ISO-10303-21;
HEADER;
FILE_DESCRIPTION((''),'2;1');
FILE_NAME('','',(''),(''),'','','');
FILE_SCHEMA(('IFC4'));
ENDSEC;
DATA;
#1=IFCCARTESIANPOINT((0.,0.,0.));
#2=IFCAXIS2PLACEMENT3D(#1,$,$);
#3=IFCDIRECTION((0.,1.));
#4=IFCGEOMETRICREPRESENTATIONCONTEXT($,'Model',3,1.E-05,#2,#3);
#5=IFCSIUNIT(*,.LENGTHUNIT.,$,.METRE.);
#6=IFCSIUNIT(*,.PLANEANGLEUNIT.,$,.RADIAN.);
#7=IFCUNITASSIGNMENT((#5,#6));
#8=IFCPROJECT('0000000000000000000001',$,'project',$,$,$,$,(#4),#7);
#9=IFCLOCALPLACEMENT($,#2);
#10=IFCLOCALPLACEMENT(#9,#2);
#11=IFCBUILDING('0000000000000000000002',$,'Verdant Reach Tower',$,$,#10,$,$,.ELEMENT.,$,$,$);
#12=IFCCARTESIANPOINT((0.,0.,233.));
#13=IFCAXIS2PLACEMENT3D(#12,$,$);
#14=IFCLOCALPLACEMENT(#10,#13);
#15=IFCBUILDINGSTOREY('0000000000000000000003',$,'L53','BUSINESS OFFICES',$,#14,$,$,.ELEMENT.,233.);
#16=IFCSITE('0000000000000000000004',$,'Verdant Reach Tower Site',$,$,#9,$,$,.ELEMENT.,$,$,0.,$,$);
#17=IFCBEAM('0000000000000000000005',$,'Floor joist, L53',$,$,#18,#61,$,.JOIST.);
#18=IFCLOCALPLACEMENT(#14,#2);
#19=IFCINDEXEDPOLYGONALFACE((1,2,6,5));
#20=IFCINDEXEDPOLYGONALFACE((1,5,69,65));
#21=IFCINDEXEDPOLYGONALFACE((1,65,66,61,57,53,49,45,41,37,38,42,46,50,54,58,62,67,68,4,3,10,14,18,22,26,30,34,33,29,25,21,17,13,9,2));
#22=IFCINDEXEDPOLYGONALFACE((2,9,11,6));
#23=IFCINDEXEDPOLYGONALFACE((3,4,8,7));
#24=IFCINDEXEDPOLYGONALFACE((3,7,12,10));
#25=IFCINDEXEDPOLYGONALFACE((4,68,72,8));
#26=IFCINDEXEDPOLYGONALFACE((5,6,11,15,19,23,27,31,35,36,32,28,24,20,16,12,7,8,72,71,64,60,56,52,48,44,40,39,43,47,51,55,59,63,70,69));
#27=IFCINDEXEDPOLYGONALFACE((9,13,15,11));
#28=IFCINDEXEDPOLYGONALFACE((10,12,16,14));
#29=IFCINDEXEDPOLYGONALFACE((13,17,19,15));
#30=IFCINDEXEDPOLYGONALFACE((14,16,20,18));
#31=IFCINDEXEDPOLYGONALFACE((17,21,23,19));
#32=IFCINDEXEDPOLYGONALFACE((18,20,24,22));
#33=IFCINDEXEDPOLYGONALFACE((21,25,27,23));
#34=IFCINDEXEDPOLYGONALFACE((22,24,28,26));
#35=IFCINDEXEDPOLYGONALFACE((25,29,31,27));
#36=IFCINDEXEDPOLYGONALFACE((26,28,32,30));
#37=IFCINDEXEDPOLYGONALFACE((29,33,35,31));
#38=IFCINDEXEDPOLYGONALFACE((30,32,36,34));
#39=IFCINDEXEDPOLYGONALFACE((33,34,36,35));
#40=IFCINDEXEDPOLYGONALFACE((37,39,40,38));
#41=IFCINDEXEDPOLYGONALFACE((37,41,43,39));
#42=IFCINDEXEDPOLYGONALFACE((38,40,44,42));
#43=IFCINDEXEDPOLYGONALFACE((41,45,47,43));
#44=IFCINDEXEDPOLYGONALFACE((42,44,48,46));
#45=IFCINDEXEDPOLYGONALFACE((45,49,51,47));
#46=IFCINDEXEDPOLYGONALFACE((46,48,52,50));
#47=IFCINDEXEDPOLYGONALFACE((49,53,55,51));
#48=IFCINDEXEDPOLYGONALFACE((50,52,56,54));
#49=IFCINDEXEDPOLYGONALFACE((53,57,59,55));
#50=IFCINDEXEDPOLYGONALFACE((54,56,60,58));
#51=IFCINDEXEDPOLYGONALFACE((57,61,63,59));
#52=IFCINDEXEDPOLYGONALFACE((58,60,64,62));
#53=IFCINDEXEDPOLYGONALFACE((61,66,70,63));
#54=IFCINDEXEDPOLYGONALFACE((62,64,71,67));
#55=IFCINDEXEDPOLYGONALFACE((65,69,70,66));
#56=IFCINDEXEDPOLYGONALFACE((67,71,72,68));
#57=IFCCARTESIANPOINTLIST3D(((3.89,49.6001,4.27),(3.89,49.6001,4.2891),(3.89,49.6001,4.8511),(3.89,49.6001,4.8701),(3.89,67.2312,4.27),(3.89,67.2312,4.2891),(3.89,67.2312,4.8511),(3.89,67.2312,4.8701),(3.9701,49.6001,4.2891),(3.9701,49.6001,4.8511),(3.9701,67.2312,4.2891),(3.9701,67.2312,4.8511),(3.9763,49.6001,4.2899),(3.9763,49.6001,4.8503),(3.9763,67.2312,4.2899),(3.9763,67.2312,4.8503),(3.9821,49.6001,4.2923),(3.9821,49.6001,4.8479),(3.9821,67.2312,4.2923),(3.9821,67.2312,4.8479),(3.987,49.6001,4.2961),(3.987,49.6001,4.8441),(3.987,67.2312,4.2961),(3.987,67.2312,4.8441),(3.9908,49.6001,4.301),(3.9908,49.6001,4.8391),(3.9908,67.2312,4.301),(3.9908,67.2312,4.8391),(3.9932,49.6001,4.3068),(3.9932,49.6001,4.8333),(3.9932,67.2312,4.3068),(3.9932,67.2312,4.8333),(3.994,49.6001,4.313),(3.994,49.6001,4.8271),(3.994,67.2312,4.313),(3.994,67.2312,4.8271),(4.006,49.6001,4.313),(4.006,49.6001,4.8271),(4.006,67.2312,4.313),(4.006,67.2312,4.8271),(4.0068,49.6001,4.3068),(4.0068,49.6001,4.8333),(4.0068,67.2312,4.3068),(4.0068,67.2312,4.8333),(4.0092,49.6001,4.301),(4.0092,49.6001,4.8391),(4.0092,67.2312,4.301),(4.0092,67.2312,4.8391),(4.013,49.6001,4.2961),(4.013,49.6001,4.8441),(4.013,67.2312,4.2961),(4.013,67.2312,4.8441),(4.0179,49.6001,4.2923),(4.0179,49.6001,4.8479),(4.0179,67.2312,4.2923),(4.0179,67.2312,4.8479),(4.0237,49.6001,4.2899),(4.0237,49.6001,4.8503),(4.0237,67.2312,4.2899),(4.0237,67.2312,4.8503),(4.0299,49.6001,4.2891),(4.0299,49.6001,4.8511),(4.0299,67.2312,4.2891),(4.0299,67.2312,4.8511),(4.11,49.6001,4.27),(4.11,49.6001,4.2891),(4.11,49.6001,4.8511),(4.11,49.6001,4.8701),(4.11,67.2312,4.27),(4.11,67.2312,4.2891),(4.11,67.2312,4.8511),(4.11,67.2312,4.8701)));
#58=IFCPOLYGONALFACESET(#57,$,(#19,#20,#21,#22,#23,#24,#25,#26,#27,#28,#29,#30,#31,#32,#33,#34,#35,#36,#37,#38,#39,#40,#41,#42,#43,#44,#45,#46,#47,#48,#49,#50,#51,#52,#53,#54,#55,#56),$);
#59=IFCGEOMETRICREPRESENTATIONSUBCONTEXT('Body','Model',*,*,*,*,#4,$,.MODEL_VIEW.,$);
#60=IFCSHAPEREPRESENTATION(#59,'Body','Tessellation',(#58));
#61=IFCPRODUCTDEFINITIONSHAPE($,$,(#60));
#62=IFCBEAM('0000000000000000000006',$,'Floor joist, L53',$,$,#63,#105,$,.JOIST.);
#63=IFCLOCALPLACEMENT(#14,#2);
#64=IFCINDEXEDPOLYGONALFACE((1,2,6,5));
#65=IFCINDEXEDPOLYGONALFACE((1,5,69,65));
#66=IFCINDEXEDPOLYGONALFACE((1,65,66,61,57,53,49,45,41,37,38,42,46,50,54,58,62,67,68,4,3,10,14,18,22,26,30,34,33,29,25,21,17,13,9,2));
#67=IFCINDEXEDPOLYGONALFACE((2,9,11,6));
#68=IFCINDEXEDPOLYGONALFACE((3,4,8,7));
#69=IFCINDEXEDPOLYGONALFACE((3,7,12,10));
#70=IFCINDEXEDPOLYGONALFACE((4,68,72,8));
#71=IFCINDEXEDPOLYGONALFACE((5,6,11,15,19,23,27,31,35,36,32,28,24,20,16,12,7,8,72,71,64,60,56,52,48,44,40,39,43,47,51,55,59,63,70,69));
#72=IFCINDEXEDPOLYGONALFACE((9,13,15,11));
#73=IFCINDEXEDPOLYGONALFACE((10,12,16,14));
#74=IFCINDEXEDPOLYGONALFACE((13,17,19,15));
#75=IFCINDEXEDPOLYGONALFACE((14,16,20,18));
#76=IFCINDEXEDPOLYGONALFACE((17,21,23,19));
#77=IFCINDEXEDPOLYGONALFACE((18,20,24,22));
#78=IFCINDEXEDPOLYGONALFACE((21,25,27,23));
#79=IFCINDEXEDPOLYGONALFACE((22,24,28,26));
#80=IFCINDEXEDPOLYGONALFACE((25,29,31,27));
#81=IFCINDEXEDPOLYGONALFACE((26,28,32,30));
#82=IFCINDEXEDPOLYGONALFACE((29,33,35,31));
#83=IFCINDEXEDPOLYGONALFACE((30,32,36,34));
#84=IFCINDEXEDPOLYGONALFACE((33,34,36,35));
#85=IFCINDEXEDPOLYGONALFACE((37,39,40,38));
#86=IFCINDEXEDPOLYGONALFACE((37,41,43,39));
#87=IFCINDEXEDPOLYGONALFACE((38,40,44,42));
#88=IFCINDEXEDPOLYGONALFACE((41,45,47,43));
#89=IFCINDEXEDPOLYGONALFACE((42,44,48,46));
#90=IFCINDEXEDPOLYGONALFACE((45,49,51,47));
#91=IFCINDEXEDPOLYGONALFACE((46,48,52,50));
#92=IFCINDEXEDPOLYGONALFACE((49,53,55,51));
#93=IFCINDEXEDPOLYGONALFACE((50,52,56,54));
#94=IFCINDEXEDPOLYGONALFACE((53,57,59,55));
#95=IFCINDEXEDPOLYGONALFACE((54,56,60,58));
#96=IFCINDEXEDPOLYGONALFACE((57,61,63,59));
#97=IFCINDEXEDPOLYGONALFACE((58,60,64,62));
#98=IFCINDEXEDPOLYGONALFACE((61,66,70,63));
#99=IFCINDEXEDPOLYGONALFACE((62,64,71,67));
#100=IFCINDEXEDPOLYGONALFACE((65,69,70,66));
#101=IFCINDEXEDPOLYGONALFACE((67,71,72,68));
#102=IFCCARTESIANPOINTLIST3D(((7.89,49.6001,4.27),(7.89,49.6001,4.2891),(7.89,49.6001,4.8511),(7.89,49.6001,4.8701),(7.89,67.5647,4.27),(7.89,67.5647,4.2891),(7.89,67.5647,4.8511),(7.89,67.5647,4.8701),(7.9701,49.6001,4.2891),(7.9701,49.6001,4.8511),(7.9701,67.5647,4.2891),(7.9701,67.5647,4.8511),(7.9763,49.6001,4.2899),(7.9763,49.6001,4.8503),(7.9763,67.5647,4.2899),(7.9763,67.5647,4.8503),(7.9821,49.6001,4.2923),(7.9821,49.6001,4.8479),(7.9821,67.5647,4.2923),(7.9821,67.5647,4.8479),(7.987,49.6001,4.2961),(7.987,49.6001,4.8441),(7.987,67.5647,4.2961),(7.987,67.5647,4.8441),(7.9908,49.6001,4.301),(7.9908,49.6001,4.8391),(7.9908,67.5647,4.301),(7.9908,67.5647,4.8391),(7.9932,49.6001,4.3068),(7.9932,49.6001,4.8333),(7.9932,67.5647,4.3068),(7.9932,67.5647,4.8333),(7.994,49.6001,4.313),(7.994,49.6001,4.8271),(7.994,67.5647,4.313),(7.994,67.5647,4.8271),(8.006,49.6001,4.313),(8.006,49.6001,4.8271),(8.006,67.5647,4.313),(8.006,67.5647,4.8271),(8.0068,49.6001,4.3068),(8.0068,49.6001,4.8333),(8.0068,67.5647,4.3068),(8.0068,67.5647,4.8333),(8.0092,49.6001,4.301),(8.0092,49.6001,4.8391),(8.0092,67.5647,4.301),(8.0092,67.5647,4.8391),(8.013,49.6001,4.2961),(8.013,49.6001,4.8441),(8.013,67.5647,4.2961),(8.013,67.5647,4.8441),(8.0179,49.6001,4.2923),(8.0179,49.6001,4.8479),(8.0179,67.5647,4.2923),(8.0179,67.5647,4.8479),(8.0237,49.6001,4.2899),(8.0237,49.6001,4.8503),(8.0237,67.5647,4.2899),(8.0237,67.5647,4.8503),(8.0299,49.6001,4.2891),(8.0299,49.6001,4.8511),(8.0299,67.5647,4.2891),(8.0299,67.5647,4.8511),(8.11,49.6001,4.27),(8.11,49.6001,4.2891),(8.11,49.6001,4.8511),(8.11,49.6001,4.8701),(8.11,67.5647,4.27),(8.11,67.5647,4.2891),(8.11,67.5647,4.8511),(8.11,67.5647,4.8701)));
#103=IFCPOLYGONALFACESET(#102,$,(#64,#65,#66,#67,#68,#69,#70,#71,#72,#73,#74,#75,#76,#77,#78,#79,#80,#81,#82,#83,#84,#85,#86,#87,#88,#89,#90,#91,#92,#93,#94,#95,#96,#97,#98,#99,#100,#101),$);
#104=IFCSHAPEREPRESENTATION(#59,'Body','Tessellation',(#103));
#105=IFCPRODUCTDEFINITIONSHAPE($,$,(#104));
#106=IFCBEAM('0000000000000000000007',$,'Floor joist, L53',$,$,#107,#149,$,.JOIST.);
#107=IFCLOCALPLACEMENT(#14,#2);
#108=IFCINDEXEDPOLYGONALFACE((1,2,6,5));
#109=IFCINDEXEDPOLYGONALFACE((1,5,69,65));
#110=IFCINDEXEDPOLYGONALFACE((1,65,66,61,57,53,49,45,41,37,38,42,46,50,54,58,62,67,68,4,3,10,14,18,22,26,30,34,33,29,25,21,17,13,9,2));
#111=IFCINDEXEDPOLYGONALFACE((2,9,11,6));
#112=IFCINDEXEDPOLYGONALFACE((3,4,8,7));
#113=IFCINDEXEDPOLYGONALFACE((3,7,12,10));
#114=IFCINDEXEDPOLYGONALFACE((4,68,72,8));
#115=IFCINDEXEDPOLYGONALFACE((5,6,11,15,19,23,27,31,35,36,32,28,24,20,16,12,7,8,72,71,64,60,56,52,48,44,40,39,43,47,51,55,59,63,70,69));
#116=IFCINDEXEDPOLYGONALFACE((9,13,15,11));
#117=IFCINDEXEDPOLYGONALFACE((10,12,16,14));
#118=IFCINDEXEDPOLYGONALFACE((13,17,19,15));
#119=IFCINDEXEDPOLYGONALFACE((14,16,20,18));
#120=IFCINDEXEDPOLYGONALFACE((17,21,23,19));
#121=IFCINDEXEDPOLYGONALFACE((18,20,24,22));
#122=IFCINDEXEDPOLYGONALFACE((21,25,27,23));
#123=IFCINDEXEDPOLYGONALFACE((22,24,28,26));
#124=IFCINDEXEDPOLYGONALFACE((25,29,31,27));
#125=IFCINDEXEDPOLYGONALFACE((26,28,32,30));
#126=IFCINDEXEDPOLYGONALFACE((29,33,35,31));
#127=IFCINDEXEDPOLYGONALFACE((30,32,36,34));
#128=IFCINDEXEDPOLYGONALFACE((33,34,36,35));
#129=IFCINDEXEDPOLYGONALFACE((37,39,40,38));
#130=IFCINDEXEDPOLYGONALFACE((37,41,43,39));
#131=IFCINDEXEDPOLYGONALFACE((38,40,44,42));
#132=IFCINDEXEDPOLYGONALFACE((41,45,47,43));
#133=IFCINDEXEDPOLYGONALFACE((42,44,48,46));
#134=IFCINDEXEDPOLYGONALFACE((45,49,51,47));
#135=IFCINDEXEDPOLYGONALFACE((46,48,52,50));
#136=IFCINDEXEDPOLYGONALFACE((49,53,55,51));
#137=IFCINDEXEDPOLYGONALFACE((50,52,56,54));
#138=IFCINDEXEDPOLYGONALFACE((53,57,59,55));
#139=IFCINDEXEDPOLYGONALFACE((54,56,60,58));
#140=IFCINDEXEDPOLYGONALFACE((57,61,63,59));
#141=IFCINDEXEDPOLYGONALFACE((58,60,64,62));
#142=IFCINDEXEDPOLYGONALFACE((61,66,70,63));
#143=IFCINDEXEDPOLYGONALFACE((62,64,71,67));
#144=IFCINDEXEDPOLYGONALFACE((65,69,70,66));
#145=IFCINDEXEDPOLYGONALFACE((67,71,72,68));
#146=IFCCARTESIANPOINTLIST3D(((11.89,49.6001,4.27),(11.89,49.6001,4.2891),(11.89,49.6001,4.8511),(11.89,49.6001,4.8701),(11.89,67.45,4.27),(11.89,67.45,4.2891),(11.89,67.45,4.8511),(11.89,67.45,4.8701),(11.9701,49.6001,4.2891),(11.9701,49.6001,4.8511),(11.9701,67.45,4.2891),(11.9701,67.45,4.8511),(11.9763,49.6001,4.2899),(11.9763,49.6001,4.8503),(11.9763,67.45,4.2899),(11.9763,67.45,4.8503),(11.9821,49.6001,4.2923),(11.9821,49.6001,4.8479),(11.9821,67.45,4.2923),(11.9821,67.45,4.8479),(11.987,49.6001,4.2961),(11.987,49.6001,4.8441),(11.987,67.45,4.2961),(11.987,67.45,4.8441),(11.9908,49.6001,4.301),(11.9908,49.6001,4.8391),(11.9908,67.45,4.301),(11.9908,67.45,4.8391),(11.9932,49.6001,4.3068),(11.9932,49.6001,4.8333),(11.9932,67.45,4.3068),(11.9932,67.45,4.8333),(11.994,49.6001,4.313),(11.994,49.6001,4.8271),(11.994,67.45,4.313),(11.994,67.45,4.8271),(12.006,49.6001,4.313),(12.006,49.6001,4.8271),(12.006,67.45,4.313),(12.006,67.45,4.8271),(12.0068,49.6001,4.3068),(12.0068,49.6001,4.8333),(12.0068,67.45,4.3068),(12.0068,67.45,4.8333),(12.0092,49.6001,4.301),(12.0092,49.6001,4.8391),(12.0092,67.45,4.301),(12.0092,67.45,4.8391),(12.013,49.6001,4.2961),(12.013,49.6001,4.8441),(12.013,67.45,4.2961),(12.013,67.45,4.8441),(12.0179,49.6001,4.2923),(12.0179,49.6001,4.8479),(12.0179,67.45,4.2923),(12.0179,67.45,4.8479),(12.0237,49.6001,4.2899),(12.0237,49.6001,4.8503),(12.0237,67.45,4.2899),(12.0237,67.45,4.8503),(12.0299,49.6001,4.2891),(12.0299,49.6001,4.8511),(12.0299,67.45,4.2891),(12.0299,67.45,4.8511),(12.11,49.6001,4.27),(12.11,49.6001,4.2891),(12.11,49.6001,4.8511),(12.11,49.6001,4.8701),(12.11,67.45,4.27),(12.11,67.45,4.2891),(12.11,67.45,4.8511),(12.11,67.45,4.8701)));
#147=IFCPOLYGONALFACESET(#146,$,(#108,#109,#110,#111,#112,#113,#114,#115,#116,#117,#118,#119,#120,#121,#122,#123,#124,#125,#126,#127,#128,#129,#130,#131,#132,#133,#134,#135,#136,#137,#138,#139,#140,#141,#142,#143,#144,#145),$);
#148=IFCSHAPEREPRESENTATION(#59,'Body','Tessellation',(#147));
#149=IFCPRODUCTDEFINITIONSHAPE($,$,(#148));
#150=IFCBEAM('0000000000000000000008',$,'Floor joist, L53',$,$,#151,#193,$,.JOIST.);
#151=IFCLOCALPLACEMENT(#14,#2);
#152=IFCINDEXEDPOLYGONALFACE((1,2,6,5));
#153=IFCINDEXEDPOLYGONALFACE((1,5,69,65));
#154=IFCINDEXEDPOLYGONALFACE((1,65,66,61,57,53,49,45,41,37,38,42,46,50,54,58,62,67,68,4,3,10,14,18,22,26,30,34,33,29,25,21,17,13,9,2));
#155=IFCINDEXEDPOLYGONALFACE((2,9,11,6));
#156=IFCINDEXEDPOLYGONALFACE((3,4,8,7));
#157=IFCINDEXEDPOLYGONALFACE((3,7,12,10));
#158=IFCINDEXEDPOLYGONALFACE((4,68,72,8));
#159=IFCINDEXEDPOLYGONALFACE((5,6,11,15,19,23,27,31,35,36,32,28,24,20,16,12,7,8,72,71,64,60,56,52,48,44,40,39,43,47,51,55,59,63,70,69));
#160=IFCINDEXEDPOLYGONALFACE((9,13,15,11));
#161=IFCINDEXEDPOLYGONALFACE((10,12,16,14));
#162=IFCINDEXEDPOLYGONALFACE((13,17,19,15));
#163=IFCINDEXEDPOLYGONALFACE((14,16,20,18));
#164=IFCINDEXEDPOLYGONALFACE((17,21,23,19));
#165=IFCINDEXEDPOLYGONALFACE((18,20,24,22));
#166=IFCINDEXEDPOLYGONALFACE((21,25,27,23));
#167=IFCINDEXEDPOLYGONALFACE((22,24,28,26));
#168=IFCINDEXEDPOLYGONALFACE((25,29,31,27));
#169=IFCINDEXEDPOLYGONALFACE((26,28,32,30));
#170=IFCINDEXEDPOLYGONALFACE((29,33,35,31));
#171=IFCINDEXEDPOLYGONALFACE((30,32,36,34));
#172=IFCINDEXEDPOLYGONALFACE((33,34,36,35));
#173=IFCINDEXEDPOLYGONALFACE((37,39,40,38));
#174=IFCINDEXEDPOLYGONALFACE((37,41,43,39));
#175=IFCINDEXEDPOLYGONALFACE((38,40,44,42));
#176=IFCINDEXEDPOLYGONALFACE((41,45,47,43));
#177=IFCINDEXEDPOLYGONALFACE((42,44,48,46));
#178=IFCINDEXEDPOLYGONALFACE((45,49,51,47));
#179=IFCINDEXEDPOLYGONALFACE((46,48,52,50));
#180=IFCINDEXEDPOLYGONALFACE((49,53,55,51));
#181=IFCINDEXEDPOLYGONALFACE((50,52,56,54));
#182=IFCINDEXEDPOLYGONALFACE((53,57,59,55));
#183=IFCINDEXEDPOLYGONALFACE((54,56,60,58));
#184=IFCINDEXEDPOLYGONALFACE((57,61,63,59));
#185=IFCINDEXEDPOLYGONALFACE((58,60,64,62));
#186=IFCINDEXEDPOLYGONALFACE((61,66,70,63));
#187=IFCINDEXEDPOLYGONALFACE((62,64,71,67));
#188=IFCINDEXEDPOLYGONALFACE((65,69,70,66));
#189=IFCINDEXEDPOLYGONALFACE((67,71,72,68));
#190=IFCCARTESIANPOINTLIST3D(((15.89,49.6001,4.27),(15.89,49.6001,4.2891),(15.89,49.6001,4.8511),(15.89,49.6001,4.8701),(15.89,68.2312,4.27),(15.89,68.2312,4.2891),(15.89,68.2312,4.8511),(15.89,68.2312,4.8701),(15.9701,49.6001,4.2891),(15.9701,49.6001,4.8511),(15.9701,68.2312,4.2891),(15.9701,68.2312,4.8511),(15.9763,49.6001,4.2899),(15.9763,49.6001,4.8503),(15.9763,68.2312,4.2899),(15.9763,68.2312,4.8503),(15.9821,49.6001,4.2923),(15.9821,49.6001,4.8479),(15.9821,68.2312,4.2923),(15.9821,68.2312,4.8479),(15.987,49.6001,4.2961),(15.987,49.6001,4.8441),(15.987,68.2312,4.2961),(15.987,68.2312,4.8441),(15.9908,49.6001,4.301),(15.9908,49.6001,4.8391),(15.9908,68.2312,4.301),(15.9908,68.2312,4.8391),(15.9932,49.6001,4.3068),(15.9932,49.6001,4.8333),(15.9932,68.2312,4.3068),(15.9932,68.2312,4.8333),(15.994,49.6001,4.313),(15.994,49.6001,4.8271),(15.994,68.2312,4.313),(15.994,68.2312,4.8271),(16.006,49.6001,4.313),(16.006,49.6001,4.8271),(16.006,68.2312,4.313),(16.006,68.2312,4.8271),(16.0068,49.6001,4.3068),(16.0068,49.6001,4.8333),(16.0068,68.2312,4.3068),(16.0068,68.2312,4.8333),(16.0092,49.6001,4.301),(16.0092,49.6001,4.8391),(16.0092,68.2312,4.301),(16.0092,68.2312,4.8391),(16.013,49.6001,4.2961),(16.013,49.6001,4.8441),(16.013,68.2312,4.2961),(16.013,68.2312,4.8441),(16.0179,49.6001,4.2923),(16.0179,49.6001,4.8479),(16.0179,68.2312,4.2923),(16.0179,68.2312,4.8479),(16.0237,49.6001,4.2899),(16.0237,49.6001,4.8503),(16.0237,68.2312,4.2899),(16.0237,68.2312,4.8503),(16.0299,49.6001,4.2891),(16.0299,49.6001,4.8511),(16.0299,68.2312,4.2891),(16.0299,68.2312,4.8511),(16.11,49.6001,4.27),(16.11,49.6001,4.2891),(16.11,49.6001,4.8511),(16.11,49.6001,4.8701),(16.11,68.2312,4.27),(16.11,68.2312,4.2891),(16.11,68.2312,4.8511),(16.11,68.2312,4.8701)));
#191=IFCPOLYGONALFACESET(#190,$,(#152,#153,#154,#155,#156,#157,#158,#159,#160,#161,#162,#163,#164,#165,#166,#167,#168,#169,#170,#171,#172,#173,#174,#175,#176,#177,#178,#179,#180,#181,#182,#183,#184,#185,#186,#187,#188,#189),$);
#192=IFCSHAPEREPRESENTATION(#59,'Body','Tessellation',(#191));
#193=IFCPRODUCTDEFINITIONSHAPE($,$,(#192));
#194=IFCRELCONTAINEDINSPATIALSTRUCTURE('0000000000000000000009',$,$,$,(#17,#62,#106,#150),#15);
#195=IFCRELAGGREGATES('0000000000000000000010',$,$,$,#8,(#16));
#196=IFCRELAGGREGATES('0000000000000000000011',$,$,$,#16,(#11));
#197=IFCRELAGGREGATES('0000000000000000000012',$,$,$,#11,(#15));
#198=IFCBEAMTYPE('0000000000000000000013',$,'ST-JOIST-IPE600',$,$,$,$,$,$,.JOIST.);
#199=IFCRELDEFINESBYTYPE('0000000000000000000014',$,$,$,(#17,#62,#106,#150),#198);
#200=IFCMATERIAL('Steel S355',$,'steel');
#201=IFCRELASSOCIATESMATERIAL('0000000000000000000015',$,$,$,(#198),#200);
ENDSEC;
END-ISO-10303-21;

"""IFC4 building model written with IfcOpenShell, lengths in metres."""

from ifc_helpers import new_model, si_unit, direction, frame, origin, origin_2d, place, context, subcontext, project, spatial, i_section, extrude, material, material_profile, profile_set, type_object, element, save


model = new_model("IFC4")

# Units and contexts
model_context = context("Model", 3, precision=1e-05, world=origin(), true_north=direction((0.0, 1.0)))
body_context = subcontext(model_context, "Body", "Model", "MODEL_VIEW")
ifc_project = project(units=[si_unit("LENGTHUNIT", "METRE"), si_unit("PLANEANGLEUNIT", "RADIAN")], contexts=[model_context])

# Site, building, storey
site_placement = place(None, origin())
site = spatial("IfcSite", under=ifc_project, at=site_placement, Name="Verdant Reach Tower Site", CompositionType="ELEMENT", RefElevation=0.0)
building_placement = place(site_placement, origin())
building = spatial("IfcBuilding", under=site, at=building_placement, Name="Verdant Reach Tower", CompositionType="ELEMENT")
storey_placement = place(building_placement, frame((0.0, 0.0, 233.0)))
storey = spatial("IfcBuildingStorey", under=building, at=storey_placement, Name="L53", Description="BUSINESS OFFICES", CompositionType="ELEMENT", Elevation=233.0)

# Beams
ifc_material_1 = material(Name="Steel S355", Category="steel")
ifc_material_profile_1 = material_profile(ifc_material_1, i_section(OverallWidth=0.22, OverallDepth=0.6001, WebThickness=0.012, FlangeThickness=0.019, FilletRadius=0.0239, at=origin_2d()), Name="IPE 600")
ifc_profile_set_1 = profile_set([ifc_material_profile_1], Name="Steel S355")
beam_type_1 = type_object("IfcBeamType", Name="ST-JOIST-IPE600", PredefinedType="JOIST", material=ifc_profile_set_1)
beam_1_placement = place(storey_placement, frame((4.0, 49.6001, 4.5701), z_axis=(0.0, 1.0, 0.0), x_axis=(-1.0, 0.0, 0.0)))
element("IfcBeam", 1, at=beam_1_placement, inside=storey, type_object=beam_type_1, Name="Floor joist, L53", PredefinedType="JOIST", context=body_context, shape_type="SweptSolid", body=[
    extrude(i_section(OverallWidth=0.22, OverallDepth=0.6001, WebThickness=0.012, FlangeThickness=0.019, FilletRadius=0.0239, at=origin_2d()), origin(), (0.0, 0.0, 1.0), 17.6311),
])
beam_2_placement = place(storey_placement, frame((8.0, 49.6001, 4.5701), z_axis=(0.0, 1.0, 0.0), x_axis=(-1.0, 0.0, 0.0)))
element("IfcBeam", 2, at=beam_2_placement, inside=storey, type_object=beam_type_1, Name="Floor joist, L53", PredefinedType="JOIST", context=body_context, shape_type="SweptSolid", body=[
    extrude(i_section(OverallWidth=0.22, OverallDepth=0.6001, WebThickness=0.012, FlangeThickness=0.019, FilletRadius=0.0239, at=origin_2d()), origin(), (0.0, 0.0, 1.0), 17.9646),
])
beam_3_placement = place(storey_placement, frame((12.0, 49.6001, 4.5701), z_axis=(0.0, 1.0, 0.0), x_axis=(-1.0, 0.0, 0.0)))
element("IfcBeam", 3, at=beam_3_placement, inside=storey, type_object=beam_type_1, Name="Floor joist, L53", PredefinedType="JOIST", context=body_context, shape_type="SweptSolid", body=[
    extrude(i_section(OverallWidth=0.22, OverallDepth=0.6001, WebThickness=0.012, FlangeThickness=0.019, FilletRadius=0.0239, at=origin_2d()), origin(), (0.0, 0.0, 1.0), 17.8499),
])
beam_4_placement = place(storey_placement, frame((16.0, 49.6001, 4.5701), z_axis=(0.0, 1.0, 0.0), x_axis=(-1.0, 0.0, 0.0)))
element("IfcBeam", 4, at=beam_4_placement, inside=storey, type_object=beam_type_1, Name="Floor joist, L53", PredefinedType="JOIST", context=body_context, shape_type="SweptSolid", body=[
    extrude(i_section(OverallWidth=0.22, OverallDepth=0.6001, WebThickness=0.012, FlangeThickness=0.019, FilletRadius=0.0239, at=origin_2d()), origin(), (0.0, 0.0, 1.0), 18.6311),
])

save(model, "model.ifc")
